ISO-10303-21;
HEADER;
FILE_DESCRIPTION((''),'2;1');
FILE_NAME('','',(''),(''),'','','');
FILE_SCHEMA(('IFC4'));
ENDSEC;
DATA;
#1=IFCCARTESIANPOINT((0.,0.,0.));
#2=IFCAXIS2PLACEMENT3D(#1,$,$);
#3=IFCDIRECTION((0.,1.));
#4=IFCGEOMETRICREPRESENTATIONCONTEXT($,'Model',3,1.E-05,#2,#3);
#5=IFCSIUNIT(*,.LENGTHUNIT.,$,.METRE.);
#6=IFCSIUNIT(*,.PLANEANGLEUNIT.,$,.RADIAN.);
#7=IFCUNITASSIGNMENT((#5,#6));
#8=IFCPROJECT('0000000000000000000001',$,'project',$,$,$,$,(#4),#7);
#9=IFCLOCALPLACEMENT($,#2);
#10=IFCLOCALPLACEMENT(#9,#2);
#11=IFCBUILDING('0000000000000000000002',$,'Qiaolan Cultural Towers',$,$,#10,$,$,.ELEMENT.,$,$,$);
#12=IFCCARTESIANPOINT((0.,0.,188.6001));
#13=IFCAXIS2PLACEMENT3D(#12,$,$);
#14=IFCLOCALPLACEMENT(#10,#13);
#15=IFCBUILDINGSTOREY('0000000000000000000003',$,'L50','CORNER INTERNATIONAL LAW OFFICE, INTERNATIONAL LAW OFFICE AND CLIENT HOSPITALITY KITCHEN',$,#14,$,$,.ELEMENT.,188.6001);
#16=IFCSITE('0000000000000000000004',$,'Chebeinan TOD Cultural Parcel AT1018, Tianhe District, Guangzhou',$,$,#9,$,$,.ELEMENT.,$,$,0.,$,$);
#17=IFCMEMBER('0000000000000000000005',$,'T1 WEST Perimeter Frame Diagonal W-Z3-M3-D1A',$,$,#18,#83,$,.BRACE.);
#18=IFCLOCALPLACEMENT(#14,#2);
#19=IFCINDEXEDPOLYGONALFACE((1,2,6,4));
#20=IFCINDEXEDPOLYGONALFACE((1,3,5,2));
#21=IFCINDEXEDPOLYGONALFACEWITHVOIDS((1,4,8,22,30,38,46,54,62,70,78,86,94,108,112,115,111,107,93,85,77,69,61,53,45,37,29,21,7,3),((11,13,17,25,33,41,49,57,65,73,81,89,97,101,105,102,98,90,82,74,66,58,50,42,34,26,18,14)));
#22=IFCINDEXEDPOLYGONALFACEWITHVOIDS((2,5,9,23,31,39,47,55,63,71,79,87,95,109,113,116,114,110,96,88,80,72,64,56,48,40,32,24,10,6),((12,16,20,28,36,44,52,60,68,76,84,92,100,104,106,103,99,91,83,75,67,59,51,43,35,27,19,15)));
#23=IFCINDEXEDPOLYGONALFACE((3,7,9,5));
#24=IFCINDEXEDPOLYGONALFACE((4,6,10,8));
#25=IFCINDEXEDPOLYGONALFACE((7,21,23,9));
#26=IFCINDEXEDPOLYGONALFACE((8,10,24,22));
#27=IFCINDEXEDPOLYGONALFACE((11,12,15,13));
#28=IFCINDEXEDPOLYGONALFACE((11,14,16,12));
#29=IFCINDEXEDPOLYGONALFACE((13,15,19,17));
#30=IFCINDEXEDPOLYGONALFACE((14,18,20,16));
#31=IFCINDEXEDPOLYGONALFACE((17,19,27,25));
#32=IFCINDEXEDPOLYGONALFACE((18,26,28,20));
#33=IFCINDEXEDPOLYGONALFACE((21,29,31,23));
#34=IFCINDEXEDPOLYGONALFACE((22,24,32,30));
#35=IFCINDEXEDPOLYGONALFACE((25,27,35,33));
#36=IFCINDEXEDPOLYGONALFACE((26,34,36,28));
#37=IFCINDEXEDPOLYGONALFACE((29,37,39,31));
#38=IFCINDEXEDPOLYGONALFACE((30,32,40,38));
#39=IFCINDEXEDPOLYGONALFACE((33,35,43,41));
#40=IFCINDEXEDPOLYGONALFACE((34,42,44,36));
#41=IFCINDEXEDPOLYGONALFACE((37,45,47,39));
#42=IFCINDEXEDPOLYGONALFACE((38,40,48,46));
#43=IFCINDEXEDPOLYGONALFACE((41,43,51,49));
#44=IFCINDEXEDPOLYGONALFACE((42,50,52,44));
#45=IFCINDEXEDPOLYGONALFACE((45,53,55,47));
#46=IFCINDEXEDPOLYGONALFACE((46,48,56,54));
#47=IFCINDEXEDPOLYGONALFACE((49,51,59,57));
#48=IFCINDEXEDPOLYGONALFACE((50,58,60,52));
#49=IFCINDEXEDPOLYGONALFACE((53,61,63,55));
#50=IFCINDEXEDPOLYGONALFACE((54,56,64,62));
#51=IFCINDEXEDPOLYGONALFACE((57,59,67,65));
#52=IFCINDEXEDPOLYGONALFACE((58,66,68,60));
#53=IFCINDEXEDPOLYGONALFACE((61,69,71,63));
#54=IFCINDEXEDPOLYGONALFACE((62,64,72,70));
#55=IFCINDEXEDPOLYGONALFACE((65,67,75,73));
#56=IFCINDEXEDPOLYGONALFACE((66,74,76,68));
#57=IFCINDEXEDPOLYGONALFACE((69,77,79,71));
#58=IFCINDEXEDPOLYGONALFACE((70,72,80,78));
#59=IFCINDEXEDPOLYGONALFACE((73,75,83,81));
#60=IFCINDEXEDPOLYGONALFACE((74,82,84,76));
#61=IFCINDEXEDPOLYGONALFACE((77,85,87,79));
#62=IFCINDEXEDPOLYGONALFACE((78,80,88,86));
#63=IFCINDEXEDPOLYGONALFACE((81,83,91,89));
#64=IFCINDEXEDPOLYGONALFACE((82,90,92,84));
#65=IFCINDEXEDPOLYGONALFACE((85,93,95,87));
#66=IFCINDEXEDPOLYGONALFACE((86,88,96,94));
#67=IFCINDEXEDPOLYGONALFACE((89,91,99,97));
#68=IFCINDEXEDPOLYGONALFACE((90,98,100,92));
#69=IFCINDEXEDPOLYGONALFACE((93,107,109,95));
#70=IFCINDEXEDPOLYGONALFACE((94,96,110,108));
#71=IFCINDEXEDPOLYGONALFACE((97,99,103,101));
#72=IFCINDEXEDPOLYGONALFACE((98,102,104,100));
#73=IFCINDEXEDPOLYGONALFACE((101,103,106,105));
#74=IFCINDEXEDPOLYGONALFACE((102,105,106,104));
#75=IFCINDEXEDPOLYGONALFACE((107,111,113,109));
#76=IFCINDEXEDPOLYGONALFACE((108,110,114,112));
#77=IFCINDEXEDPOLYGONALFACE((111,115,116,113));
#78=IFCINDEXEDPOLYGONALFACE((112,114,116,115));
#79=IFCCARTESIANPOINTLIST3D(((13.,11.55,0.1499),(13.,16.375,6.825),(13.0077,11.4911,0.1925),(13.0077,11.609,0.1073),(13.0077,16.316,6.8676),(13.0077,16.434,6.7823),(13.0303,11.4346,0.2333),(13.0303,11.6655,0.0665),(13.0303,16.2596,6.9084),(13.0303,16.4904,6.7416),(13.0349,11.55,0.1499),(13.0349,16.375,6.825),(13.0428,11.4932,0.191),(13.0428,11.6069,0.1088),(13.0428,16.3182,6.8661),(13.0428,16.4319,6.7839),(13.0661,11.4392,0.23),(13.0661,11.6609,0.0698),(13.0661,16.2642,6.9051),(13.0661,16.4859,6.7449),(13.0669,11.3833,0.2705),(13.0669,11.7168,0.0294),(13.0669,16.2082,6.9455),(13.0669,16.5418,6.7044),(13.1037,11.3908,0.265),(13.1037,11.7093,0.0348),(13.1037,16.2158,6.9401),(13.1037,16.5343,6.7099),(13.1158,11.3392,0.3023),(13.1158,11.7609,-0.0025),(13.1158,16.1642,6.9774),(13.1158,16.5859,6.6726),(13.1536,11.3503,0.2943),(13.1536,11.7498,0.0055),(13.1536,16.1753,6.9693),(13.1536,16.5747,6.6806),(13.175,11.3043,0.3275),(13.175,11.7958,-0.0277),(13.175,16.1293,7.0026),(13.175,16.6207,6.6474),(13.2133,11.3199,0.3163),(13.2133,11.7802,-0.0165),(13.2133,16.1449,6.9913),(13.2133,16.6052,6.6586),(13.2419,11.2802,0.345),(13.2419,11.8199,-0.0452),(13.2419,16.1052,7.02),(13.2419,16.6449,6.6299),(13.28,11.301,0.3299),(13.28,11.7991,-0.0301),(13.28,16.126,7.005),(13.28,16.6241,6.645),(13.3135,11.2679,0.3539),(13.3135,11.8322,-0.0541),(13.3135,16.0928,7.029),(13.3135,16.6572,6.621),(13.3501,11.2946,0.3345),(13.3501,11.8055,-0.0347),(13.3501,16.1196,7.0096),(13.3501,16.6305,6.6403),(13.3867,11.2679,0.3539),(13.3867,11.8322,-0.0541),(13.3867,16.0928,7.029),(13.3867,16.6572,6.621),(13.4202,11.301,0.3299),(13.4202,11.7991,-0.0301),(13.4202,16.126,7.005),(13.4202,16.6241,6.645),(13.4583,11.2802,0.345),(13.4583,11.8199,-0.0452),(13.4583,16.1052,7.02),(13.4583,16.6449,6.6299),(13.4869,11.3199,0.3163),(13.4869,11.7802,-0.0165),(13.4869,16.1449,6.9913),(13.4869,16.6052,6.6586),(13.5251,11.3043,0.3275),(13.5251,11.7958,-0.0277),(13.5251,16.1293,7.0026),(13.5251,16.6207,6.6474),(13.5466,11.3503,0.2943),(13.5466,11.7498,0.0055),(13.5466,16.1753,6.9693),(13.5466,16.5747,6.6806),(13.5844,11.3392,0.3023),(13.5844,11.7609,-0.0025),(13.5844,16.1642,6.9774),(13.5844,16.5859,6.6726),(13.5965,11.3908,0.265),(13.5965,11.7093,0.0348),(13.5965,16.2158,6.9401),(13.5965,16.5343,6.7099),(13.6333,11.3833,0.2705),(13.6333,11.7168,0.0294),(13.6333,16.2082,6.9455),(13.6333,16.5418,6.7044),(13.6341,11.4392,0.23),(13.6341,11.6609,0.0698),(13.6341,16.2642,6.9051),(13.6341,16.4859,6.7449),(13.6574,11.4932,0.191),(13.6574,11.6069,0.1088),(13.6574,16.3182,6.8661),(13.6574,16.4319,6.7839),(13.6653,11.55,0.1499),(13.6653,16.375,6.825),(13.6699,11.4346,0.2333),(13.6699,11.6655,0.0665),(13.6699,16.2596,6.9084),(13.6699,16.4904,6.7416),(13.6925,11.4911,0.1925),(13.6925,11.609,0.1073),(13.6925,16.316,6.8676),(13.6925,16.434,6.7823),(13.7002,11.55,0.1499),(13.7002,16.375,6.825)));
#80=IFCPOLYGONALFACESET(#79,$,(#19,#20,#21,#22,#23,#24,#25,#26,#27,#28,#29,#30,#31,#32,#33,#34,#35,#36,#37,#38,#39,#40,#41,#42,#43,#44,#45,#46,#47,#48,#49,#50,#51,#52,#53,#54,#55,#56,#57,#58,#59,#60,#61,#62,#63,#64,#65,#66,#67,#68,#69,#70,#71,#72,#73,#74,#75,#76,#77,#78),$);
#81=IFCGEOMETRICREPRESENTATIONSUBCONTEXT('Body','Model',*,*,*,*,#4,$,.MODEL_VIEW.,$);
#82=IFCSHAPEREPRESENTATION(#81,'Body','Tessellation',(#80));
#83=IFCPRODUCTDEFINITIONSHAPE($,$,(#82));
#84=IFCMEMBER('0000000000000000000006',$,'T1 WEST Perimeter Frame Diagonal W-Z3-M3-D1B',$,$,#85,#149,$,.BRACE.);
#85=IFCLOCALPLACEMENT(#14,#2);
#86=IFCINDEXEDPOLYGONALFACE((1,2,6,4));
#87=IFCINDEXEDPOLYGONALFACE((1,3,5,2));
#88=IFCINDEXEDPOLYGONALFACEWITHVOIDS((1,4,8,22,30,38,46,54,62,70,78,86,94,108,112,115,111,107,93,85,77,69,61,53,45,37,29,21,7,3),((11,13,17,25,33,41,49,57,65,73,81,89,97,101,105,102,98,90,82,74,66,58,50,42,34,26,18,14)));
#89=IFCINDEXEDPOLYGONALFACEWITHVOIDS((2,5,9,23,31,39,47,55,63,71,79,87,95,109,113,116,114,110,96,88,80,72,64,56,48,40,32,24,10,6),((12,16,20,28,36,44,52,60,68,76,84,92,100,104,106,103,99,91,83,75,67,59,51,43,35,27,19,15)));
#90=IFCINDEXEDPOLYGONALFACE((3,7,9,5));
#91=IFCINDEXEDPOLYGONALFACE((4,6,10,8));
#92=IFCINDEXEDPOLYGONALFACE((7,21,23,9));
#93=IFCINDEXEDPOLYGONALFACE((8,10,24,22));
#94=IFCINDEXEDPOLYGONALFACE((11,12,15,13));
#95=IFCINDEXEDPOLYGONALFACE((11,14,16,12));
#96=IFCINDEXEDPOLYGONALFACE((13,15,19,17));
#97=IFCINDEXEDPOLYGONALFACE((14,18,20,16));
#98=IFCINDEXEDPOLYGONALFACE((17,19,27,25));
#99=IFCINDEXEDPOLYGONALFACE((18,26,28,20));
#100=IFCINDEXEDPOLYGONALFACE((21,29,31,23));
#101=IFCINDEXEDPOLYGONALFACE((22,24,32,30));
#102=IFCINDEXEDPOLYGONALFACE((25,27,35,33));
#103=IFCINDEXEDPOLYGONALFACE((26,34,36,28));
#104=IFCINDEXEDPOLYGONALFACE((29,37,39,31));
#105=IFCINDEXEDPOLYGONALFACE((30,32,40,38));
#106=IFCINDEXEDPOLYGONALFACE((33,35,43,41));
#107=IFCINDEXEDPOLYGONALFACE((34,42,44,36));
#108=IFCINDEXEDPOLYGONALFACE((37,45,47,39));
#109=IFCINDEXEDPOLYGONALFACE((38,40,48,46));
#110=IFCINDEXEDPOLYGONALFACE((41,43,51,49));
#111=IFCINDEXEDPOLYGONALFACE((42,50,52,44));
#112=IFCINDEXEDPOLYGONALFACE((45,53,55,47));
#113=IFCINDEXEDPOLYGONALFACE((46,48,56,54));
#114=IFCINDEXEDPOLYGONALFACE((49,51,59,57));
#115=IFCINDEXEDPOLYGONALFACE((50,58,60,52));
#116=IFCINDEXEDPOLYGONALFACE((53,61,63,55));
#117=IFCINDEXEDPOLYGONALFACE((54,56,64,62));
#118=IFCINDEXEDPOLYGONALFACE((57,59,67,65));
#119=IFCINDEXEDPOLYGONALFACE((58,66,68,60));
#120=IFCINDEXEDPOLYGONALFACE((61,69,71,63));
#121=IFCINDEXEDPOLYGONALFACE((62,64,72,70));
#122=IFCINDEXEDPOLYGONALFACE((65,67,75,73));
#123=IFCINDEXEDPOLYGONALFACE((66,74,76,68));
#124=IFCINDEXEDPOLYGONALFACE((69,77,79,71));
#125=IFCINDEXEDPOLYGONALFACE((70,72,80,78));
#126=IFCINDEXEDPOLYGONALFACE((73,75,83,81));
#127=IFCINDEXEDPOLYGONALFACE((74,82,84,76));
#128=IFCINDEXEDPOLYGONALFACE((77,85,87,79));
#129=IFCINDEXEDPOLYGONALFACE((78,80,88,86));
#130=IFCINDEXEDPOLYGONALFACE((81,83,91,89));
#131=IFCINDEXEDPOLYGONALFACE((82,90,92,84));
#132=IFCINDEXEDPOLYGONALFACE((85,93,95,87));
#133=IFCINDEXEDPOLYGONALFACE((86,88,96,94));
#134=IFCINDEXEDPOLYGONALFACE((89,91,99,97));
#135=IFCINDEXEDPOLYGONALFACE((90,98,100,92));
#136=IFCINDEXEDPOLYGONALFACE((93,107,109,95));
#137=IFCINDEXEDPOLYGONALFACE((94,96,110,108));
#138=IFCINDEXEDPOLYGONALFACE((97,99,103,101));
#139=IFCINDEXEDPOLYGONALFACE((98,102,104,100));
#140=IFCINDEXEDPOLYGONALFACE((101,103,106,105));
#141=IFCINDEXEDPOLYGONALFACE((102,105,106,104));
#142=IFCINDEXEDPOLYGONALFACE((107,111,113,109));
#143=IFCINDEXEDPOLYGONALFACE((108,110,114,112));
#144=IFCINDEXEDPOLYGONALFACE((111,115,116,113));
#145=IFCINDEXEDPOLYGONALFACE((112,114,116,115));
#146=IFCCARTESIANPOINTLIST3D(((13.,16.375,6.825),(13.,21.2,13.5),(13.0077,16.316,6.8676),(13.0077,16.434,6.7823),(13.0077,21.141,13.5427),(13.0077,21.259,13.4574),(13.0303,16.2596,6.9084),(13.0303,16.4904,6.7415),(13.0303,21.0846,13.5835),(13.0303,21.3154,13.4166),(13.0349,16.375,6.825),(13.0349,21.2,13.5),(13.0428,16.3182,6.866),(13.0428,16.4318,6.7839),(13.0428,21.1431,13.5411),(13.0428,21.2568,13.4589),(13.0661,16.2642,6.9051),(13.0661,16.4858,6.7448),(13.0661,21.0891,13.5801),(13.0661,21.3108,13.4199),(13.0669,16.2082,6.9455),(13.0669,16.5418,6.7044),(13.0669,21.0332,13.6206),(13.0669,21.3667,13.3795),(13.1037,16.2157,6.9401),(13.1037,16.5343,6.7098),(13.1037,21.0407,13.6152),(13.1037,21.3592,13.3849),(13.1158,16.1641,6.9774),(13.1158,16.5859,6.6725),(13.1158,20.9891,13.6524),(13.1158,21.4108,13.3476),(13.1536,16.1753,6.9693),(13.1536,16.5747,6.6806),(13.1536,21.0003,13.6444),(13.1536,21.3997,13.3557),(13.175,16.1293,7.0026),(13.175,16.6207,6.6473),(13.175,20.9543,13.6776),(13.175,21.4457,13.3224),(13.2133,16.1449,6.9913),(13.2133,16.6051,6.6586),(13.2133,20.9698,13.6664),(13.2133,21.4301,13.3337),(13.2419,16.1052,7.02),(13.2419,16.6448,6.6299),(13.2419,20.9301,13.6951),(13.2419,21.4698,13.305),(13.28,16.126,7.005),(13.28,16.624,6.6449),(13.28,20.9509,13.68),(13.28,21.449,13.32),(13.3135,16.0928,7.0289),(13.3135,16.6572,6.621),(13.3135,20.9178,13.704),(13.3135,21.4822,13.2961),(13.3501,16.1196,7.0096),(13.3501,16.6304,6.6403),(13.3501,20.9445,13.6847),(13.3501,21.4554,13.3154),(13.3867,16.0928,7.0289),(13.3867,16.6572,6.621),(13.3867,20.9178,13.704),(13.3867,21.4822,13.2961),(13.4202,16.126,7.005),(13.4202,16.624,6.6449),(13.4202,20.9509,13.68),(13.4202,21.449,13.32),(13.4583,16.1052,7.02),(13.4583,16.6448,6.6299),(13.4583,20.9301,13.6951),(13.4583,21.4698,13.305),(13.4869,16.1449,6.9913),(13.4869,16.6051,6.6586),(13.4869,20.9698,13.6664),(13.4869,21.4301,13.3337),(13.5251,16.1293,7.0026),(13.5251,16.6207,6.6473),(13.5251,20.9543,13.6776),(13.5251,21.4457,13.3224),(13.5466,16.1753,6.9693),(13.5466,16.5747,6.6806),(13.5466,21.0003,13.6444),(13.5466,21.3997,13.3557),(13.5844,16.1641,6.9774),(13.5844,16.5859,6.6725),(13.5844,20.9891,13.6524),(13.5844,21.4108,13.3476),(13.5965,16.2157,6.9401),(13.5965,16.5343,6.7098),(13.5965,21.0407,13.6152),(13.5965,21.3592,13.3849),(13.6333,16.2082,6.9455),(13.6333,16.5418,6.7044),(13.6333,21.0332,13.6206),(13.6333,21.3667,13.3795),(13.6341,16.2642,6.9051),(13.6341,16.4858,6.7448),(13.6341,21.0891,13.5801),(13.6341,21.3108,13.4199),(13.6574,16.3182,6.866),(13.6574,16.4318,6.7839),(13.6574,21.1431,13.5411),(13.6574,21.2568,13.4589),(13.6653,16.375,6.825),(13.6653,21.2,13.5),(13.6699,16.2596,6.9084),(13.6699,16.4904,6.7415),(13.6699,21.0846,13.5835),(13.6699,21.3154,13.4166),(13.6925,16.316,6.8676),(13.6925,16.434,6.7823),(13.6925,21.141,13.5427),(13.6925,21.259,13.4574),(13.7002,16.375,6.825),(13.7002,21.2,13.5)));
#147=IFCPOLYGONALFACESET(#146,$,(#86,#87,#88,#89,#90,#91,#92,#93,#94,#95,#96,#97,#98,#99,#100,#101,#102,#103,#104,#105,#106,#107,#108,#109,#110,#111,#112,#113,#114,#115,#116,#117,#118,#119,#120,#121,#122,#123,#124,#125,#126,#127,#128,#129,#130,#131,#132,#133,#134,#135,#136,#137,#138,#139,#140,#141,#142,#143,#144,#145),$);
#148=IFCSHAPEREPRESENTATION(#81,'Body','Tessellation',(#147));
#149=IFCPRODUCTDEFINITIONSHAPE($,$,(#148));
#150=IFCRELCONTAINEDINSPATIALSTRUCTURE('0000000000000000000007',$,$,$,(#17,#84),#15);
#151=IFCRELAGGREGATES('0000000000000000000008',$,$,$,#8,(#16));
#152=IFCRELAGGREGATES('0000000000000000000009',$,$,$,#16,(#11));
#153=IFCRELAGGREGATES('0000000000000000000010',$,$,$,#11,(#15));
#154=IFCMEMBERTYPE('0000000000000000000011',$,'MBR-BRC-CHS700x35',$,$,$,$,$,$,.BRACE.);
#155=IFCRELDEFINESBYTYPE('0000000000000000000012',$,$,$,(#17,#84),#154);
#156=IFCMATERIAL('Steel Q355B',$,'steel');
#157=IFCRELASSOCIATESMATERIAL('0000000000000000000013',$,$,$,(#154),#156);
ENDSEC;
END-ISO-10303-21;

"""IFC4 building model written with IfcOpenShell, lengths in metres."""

from ifc_helpers import new_model, si_unit, direction, frame, origin, origin_2d, place, context, subcontext, project, spatial, hollow_circle, extrude, material, material_profile, profile_set, type_object, element, save


model = new_model("IFC4")

# Units and contexts
model_context = context("Model", 3, precision=1e-05, world=origin(), true_north=direction((0.0, 1.0)))
body_context = subcontext(model_context, "Body", "Model", "MODEL_VIEW")
ifc_project = project(units=[si_unit("LENGTHUNIT", "METRE"), si_unit("PLANEANGLEUNIT", "RADIAN")], contexts=[model_context])

# Site, building, storey
site_placement = place(None, origin())
site = spatial("IfcSite", under=ifc_project, at=site_placement, Name="Chebeinan TOD Cultural Parcel AT1018, Tianhe District, Guangzhou", CompositionType="ELEMENT", RefElevation=0.0)
building_placement = place(site_placement, origin())
building = spatial("IfcBuilding", under=site, at=building_placement, Name="Qiaolan Cultural Towers", CompositionType="ELEMENT")
storey_placement = place(building_placement, frame((0.0, 0.0, 188.6001)))
storey = spatial("IfcBuildingStorey", under=building, at=storey_placement, Name="L50", Description="CORNER INTERNATIONAL LAW OFFICE, INTERNATIONAL LAW OFFICE AND CLIENT HOSPITALITY KITCHEN", CompositionType="ELEMENT", Elevation=188.6001)

# Members
ifc_material_1 = material(Name="Steel Q355B", Category="steel")
ifc_material_profile_1 = material_profile(ifc_material_1, hollow_circle(Radius=0.3501, WallThickness=0.0349, at=origin_2d()), Name="CHS700x35")
ifc_profile_set_1 = profile_set([ifc_material_profile_1], Name="Steel Q355B")
member_type = type_object("IfcMemberType", Name="MBR-BRC-CHS700x35", PredefinedType="BRACE", material=ifc_profile_set_1)
for number, where, z_axis, x_axis, name in (
    (1, (13.3501, 11.55, 0.1499), (0.0, 0.585816, 0.810444), (-1.0, 0.0, 0.0), "T1 WEST Perimeter Frame Diagonal W-Z3-M3-D1A"),
    (2, (13.3501, 16.375, 6.825), (0.0, 0.585816, 0.810444), (-1.0, 0.0, 0.0), "T1 WEST Perimeter Frame Diagonal W-Z3-M3-D1B"),
):
    element("IfcMember", number, at=place(storey_placement, frame(where, z_axis=z_axis, x_axis=x_axis)), inside=storey, type_object=member_type, Name=name, PredefinedType="BRACE", context=body_context, shape_type="SweptSolid", body=[
        extrude(hollow_circle(Radius=0.3501, WallThickness=0.0349, at=origin_2d()), origin(), (0.0, 0.0, 1.0), 8.2363),
    ])

save(model, "model.ifc")
